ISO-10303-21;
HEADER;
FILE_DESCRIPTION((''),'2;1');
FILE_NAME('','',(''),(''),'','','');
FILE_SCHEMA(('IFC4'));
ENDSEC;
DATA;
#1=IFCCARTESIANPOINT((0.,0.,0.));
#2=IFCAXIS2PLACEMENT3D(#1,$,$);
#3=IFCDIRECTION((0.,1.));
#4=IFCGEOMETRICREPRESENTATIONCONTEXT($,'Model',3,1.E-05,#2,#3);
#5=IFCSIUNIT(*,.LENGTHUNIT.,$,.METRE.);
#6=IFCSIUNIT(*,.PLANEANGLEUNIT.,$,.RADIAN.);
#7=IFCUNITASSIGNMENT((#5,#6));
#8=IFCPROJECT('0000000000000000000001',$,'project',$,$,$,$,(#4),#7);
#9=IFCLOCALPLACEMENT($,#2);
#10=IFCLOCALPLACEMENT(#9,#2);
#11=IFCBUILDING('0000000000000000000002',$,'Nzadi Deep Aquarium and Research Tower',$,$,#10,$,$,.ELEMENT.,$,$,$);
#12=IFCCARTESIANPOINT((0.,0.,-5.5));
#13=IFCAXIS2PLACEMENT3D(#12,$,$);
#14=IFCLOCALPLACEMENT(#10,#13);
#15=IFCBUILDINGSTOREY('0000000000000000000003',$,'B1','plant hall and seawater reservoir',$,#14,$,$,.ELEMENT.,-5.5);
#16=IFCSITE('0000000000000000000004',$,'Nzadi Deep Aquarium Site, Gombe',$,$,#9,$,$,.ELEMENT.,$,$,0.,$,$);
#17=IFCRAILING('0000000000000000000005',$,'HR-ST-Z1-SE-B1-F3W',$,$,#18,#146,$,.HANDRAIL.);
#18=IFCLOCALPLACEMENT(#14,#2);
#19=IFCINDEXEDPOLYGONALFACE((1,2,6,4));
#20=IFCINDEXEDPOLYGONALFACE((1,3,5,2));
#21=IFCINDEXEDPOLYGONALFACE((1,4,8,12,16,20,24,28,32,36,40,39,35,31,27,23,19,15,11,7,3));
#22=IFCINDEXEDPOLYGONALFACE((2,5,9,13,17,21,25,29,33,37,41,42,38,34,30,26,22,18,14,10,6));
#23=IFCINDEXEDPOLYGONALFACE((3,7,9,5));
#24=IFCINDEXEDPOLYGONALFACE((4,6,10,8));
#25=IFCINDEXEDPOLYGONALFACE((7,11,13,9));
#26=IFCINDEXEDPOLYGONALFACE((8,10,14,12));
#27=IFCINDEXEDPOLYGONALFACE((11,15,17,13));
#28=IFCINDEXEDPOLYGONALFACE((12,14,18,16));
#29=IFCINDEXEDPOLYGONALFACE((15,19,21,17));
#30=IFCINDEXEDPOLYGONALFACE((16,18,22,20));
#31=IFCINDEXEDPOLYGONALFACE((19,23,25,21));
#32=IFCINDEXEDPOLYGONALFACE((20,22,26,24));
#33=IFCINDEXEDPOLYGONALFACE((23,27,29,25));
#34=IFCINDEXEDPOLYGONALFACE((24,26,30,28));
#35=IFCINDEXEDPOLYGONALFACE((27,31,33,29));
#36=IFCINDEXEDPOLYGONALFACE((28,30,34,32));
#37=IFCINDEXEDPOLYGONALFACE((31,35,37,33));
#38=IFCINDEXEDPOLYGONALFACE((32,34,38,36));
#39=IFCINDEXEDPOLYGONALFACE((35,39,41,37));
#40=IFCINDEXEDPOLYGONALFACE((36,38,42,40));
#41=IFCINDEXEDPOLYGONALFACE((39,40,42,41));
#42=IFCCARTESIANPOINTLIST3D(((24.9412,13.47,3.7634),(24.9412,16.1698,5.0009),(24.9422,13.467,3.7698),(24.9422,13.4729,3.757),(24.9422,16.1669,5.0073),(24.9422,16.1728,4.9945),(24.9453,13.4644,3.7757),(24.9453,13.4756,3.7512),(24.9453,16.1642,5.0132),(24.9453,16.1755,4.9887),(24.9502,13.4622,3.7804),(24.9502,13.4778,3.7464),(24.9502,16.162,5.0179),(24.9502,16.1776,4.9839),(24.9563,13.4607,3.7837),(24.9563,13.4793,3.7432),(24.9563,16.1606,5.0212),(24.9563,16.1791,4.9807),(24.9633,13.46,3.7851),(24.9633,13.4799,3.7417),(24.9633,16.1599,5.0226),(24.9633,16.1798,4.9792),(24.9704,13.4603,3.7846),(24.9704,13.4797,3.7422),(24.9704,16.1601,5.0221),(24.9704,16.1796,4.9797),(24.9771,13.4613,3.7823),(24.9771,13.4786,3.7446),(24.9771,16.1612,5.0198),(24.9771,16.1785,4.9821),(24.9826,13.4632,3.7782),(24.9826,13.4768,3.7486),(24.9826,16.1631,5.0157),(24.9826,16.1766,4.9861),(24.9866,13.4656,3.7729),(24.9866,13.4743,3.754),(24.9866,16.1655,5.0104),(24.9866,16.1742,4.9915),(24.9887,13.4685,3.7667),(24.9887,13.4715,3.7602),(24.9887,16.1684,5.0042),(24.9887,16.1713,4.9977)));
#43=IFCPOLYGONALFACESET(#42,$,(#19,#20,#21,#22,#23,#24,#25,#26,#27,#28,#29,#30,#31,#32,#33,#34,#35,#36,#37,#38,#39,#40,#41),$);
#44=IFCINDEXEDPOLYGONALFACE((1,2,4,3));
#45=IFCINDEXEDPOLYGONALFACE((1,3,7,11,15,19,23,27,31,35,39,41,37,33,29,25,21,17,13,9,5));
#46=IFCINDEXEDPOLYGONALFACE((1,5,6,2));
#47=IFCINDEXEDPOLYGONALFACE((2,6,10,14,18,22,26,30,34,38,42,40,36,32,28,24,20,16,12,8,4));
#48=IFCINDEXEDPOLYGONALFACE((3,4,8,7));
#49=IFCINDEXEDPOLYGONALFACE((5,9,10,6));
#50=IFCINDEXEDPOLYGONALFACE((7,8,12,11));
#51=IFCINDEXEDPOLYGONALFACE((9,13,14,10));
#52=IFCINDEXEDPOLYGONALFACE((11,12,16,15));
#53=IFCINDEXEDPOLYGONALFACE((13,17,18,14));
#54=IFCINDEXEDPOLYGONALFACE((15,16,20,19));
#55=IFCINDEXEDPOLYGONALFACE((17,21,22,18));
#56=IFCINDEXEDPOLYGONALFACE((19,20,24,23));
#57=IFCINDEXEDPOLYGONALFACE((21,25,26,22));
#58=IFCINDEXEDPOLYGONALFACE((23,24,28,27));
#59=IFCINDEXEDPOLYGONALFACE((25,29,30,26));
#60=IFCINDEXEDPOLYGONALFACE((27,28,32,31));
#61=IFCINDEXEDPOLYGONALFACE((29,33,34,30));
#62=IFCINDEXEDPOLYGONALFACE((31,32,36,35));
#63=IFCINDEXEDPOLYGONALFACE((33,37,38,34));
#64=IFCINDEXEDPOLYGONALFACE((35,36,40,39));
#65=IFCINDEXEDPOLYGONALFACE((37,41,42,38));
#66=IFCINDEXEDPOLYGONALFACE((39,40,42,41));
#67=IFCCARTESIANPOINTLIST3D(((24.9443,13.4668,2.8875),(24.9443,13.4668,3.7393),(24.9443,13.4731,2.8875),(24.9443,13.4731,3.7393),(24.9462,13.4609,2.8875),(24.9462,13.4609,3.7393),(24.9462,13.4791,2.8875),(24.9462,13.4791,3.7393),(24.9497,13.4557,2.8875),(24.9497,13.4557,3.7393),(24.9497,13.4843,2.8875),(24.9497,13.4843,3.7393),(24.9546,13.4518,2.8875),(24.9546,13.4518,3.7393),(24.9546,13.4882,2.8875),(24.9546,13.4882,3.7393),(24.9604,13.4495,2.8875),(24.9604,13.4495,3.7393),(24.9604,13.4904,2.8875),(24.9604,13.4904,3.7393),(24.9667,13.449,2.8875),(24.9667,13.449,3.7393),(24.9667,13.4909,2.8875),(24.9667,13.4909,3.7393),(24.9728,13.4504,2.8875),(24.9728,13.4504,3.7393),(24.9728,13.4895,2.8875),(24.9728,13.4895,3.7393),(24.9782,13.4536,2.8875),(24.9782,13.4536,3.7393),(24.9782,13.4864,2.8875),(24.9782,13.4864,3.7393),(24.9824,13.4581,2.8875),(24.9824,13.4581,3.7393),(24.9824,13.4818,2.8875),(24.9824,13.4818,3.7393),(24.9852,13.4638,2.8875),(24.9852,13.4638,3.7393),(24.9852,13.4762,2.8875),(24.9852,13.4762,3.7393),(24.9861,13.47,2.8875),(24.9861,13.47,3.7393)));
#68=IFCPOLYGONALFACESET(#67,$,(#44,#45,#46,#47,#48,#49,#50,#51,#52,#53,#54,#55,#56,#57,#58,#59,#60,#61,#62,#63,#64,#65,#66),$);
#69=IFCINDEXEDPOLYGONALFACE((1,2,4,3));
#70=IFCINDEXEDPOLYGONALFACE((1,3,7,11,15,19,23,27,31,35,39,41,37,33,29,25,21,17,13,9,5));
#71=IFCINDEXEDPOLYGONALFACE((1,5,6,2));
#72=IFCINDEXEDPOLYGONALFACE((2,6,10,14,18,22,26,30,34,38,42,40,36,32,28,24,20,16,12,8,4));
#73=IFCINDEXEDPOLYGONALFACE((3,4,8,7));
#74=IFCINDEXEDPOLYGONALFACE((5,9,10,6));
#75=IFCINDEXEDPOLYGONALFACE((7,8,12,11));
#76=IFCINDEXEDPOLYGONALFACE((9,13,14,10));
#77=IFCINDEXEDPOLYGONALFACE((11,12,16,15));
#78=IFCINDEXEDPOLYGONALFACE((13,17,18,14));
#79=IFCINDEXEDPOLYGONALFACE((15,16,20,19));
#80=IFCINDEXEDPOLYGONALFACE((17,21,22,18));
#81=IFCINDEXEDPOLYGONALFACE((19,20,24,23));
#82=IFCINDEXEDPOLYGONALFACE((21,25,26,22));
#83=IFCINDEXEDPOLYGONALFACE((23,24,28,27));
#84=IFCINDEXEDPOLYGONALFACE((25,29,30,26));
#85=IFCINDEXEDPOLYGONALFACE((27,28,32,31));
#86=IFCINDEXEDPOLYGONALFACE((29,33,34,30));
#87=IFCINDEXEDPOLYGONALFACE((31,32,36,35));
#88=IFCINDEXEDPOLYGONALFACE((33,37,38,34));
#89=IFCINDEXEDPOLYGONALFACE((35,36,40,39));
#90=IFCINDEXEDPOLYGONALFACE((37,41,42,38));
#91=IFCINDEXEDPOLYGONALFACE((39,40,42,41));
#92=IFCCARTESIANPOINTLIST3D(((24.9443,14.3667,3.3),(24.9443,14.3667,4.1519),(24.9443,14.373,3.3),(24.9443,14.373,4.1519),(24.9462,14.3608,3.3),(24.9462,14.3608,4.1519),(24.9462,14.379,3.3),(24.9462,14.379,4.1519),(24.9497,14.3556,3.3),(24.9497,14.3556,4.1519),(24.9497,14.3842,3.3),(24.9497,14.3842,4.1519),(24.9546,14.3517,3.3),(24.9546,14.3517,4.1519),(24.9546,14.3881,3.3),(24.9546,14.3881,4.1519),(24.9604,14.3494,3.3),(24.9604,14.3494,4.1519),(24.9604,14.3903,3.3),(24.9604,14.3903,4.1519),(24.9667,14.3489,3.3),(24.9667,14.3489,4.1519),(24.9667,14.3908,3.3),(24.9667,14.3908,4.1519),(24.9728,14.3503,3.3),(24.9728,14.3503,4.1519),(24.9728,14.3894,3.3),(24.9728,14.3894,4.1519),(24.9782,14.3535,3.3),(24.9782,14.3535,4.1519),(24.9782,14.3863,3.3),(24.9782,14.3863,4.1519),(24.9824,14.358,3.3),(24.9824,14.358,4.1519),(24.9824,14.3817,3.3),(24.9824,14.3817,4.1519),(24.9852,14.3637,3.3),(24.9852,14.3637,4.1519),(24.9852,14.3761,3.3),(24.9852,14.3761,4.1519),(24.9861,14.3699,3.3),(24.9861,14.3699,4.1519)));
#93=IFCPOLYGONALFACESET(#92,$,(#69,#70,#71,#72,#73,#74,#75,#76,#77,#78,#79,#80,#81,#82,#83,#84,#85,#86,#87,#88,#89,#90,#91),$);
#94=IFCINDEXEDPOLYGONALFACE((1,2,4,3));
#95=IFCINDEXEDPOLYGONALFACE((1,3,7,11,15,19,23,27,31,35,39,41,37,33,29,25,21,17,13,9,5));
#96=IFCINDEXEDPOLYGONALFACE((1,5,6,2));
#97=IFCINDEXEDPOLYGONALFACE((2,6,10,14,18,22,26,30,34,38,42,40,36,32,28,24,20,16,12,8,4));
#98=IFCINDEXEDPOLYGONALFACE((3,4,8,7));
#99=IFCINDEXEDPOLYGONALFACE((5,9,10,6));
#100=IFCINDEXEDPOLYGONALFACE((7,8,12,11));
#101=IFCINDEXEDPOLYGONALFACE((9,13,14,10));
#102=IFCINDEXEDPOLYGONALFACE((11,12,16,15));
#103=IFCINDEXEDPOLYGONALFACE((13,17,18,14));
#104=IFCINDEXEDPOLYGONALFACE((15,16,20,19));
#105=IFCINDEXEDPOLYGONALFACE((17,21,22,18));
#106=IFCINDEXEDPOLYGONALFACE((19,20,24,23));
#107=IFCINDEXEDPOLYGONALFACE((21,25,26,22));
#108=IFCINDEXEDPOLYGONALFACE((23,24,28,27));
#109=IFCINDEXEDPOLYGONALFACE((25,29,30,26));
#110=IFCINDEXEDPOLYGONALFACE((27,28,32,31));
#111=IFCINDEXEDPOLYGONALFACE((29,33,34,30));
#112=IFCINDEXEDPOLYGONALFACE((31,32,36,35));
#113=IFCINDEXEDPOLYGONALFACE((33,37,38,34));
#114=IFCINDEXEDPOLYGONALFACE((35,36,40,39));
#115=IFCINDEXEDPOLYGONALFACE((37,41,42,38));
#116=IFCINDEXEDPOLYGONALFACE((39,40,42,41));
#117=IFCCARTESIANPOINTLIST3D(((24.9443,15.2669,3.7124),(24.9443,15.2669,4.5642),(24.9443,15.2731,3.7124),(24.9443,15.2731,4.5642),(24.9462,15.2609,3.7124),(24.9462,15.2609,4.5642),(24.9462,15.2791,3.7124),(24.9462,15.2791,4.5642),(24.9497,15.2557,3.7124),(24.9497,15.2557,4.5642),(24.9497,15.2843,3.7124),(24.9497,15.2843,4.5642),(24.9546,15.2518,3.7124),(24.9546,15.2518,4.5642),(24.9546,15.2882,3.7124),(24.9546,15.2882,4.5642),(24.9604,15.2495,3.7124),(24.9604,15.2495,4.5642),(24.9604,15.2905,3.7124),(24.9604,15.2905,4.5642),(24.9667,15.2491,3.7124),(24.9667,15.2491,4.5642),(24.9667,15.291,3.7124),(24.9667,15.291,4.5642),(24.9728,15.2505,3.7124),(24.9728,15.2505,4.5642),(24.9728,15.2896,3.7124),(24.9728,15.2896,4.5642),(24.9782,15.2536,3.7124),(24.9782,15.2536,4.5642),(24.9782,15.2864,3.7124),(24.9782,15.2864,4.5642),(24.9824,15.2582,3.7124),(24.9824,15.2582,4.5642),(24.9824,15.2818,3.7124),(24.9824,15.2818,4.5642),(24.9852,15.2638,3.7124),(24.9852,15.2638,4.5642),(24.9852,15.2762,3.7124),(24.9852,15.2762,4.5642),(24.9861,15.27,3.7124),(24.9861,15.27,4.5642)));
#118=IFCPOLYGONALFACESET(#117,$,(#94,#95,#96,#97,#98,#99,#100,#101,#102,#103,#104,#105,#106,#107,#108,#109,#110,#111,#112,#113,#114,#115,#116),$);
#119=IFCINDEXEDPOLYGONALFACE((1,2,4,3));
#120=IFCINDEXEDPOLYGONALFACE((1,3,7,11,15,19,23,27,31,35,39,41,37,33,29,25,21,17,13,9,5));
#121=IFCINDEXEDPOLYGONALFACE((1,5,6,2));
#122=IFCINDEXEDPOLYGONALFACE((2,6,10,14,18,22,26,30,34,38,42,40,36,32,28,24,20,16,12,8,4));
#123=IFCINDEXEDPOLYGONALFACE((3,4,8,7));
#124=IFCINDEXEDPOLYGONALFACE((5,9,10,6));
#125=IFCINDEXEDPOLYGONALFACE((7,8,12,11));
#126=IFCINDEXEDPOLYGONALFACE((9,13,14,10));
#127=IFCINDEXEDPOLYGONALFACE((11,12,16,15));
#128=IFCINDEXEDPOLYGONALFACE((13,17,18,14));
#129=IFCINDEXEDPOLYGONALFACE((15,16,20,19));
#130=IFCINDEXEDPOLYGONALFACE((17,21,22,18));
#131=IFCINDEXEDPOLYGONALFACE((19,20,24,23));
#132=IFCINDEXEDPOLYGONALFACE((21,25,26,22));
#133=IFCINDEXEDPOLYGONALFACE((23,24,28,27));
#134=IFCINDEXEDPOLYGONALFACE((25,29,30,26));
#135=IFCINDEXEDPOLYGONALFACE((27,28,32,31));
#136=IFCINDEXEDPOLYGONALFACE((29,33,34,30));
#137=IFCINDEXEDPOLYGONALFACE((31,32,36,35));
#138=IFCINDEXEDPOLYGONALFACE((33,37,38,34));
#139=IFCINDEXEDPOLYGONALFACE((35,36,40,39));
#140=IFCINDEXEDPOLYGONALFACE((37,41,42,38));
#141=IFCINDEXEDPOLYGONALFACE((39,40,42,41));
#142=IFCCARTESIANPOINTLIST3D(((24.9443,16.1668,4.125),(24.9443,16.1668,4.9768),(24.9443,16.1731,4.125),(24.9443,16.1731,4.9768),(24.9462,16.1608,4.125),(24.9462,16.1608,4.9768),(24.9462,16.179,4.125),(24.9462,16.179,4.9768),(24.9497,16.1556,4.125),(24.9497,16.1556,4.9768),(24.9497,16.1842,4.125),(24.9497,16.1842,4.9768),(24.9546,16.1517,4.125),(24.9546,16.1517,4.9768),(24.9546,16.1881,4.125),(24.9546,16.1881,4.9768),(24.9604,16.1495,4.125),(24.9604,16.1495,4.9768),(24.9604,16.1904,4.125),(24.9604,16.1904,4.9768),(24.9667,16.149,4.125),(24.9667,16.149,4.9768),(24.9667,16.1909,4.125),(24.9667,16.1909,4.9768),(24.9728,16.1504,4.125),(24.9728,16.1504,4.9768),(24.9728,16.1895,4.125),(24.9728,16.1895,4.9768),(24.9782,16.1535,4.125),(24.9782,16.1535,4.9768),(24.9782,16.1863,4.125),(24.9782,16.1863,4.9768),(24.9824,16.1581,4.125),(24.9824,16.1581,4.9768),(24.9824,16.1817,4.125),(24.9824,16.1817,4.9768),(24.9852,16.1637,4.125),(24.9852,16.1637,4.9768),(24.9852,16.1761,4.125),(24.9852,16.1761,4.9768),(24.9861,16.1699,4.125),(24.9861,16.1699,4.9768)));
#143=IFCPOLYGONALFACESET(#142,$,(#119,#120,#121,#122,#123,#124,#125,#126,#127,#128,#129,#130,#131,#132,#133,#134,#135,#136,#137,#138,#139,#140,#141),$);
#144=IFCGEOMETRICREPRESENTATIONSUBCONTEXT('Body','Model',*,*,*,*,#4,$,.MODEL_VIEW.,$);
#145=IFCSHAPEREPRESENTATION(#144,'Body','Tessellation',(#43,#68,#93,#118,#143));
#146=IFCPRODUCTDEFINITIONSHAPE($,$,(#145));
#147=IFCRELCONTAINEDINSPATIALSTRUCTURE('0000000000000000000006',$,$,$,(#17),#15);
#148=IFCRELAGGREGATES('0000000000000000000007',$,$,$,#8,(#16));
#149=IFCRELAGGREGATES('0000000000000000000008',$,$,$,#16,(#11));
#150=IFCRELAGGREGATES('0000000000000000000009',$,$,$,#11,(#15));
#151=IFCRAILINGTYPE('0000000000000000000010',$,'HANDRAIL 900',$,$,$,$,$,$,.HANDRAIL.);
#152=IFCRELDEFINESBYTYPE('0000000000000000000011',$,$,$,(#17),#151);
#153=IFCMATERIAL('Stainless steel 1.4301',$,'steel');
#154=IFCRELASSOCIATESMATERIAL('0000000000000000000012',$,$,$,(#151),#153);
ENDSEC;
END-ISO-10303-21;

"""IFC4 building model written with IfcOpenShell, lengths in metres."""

from ifc_helpers import new_model, si_unit, direction, frame, origin, origin_2d, place, context, subcontext, project, spatial, circle, extrude, material, type_object, element, save


model = new_model("IFC4")

# Units and contexts
model_context = context("Model", 3, precision=1e-05, world=origin(), true_north=direction((0.0, 1.0)))
body_context = subcontext(model_context, "Body", "Model", "MODEL_VIEW")
ifc_project = project(units=[si_unit("LENGTHUNIT", "METRE"), si_unit("PLANEANGLEUNIT", "RADIAN")], contexts=[model_context])

# Site, building, storey
site_placement = place(None, origin())
site = spatial("IfcSite", under=ifc_project, at=site_placement, Name="Nzadi Deep Aquarium Site, Gombe", CompositionType="ELEMENT", RefElevation=0.0)
building_placement = place(site_placement, origin())
building = spatial("IfcBuilding", under=site, at=building_placement, Name="Nzadi Deep Aquarium and Research Tower", CompositionType="ELEMENT")
storey_placement = place(building_placement, frame((0.0, 0.0, -5.5)))
storey = spatial("IfcBuildingStorey", under=building, at=storey_placement, Name="B1", Description="plant hall and seawater reservoir", CompositionType="ELEMENT", Elevation=-5.5)

# Railing
ifc_material_1 = material(Name="Stainless steel 1.4301", Category="steel")
railing_type = type_object("IfcRailingType", Name="HANDRAIL 900", PredefinedType="HANDRAIL", material=ifc_material_1)
railing_placement = place(storey_placement, frame((24.9651, 13.47, 2.8875)))
element("IfcRailing", 1, at=railing_placement, inside=storey, type_object=railing_type, Name="HR-ST-Z1-SE-B1-F3W", PredefinedType="HANDRAIL", context=body_context, shape_type="SweptSolid", body=[
    extrude(circle(Radius=0.0239, at=origin_2d()), frame((0.0, 0.0, 0.876), z_axis=(0.0, 0.909056, 0.416675), x_axis=(-1.0, 0.0, 0.0)), (0.0, 0.0, 1.0), 2.97),
    extrude(circle(Radius=0.021, at=origin_2d()), origin(), (0.0, 0.0, 1.0), 0.8518),
    extrude(circle(Radius=0.021, at=origin_2d()), frame((0.0, 0.8999, 0.4126)), (0.0, 0.0, 1.0), 0.8518),
    extrude(circle(Radius=0.021, at=origin_2d()), frame((0.0, 1.8, 0.825)), (0.0, 0.0, 1.0), 0.8518),
    extrude(circle(Radius=0.021, at=origin_2d()), frame((0.0, 2.7, 1.2375)), (0.0, 0.0, 1.0), 0.8518),
])

save(model, "model.ifc")
